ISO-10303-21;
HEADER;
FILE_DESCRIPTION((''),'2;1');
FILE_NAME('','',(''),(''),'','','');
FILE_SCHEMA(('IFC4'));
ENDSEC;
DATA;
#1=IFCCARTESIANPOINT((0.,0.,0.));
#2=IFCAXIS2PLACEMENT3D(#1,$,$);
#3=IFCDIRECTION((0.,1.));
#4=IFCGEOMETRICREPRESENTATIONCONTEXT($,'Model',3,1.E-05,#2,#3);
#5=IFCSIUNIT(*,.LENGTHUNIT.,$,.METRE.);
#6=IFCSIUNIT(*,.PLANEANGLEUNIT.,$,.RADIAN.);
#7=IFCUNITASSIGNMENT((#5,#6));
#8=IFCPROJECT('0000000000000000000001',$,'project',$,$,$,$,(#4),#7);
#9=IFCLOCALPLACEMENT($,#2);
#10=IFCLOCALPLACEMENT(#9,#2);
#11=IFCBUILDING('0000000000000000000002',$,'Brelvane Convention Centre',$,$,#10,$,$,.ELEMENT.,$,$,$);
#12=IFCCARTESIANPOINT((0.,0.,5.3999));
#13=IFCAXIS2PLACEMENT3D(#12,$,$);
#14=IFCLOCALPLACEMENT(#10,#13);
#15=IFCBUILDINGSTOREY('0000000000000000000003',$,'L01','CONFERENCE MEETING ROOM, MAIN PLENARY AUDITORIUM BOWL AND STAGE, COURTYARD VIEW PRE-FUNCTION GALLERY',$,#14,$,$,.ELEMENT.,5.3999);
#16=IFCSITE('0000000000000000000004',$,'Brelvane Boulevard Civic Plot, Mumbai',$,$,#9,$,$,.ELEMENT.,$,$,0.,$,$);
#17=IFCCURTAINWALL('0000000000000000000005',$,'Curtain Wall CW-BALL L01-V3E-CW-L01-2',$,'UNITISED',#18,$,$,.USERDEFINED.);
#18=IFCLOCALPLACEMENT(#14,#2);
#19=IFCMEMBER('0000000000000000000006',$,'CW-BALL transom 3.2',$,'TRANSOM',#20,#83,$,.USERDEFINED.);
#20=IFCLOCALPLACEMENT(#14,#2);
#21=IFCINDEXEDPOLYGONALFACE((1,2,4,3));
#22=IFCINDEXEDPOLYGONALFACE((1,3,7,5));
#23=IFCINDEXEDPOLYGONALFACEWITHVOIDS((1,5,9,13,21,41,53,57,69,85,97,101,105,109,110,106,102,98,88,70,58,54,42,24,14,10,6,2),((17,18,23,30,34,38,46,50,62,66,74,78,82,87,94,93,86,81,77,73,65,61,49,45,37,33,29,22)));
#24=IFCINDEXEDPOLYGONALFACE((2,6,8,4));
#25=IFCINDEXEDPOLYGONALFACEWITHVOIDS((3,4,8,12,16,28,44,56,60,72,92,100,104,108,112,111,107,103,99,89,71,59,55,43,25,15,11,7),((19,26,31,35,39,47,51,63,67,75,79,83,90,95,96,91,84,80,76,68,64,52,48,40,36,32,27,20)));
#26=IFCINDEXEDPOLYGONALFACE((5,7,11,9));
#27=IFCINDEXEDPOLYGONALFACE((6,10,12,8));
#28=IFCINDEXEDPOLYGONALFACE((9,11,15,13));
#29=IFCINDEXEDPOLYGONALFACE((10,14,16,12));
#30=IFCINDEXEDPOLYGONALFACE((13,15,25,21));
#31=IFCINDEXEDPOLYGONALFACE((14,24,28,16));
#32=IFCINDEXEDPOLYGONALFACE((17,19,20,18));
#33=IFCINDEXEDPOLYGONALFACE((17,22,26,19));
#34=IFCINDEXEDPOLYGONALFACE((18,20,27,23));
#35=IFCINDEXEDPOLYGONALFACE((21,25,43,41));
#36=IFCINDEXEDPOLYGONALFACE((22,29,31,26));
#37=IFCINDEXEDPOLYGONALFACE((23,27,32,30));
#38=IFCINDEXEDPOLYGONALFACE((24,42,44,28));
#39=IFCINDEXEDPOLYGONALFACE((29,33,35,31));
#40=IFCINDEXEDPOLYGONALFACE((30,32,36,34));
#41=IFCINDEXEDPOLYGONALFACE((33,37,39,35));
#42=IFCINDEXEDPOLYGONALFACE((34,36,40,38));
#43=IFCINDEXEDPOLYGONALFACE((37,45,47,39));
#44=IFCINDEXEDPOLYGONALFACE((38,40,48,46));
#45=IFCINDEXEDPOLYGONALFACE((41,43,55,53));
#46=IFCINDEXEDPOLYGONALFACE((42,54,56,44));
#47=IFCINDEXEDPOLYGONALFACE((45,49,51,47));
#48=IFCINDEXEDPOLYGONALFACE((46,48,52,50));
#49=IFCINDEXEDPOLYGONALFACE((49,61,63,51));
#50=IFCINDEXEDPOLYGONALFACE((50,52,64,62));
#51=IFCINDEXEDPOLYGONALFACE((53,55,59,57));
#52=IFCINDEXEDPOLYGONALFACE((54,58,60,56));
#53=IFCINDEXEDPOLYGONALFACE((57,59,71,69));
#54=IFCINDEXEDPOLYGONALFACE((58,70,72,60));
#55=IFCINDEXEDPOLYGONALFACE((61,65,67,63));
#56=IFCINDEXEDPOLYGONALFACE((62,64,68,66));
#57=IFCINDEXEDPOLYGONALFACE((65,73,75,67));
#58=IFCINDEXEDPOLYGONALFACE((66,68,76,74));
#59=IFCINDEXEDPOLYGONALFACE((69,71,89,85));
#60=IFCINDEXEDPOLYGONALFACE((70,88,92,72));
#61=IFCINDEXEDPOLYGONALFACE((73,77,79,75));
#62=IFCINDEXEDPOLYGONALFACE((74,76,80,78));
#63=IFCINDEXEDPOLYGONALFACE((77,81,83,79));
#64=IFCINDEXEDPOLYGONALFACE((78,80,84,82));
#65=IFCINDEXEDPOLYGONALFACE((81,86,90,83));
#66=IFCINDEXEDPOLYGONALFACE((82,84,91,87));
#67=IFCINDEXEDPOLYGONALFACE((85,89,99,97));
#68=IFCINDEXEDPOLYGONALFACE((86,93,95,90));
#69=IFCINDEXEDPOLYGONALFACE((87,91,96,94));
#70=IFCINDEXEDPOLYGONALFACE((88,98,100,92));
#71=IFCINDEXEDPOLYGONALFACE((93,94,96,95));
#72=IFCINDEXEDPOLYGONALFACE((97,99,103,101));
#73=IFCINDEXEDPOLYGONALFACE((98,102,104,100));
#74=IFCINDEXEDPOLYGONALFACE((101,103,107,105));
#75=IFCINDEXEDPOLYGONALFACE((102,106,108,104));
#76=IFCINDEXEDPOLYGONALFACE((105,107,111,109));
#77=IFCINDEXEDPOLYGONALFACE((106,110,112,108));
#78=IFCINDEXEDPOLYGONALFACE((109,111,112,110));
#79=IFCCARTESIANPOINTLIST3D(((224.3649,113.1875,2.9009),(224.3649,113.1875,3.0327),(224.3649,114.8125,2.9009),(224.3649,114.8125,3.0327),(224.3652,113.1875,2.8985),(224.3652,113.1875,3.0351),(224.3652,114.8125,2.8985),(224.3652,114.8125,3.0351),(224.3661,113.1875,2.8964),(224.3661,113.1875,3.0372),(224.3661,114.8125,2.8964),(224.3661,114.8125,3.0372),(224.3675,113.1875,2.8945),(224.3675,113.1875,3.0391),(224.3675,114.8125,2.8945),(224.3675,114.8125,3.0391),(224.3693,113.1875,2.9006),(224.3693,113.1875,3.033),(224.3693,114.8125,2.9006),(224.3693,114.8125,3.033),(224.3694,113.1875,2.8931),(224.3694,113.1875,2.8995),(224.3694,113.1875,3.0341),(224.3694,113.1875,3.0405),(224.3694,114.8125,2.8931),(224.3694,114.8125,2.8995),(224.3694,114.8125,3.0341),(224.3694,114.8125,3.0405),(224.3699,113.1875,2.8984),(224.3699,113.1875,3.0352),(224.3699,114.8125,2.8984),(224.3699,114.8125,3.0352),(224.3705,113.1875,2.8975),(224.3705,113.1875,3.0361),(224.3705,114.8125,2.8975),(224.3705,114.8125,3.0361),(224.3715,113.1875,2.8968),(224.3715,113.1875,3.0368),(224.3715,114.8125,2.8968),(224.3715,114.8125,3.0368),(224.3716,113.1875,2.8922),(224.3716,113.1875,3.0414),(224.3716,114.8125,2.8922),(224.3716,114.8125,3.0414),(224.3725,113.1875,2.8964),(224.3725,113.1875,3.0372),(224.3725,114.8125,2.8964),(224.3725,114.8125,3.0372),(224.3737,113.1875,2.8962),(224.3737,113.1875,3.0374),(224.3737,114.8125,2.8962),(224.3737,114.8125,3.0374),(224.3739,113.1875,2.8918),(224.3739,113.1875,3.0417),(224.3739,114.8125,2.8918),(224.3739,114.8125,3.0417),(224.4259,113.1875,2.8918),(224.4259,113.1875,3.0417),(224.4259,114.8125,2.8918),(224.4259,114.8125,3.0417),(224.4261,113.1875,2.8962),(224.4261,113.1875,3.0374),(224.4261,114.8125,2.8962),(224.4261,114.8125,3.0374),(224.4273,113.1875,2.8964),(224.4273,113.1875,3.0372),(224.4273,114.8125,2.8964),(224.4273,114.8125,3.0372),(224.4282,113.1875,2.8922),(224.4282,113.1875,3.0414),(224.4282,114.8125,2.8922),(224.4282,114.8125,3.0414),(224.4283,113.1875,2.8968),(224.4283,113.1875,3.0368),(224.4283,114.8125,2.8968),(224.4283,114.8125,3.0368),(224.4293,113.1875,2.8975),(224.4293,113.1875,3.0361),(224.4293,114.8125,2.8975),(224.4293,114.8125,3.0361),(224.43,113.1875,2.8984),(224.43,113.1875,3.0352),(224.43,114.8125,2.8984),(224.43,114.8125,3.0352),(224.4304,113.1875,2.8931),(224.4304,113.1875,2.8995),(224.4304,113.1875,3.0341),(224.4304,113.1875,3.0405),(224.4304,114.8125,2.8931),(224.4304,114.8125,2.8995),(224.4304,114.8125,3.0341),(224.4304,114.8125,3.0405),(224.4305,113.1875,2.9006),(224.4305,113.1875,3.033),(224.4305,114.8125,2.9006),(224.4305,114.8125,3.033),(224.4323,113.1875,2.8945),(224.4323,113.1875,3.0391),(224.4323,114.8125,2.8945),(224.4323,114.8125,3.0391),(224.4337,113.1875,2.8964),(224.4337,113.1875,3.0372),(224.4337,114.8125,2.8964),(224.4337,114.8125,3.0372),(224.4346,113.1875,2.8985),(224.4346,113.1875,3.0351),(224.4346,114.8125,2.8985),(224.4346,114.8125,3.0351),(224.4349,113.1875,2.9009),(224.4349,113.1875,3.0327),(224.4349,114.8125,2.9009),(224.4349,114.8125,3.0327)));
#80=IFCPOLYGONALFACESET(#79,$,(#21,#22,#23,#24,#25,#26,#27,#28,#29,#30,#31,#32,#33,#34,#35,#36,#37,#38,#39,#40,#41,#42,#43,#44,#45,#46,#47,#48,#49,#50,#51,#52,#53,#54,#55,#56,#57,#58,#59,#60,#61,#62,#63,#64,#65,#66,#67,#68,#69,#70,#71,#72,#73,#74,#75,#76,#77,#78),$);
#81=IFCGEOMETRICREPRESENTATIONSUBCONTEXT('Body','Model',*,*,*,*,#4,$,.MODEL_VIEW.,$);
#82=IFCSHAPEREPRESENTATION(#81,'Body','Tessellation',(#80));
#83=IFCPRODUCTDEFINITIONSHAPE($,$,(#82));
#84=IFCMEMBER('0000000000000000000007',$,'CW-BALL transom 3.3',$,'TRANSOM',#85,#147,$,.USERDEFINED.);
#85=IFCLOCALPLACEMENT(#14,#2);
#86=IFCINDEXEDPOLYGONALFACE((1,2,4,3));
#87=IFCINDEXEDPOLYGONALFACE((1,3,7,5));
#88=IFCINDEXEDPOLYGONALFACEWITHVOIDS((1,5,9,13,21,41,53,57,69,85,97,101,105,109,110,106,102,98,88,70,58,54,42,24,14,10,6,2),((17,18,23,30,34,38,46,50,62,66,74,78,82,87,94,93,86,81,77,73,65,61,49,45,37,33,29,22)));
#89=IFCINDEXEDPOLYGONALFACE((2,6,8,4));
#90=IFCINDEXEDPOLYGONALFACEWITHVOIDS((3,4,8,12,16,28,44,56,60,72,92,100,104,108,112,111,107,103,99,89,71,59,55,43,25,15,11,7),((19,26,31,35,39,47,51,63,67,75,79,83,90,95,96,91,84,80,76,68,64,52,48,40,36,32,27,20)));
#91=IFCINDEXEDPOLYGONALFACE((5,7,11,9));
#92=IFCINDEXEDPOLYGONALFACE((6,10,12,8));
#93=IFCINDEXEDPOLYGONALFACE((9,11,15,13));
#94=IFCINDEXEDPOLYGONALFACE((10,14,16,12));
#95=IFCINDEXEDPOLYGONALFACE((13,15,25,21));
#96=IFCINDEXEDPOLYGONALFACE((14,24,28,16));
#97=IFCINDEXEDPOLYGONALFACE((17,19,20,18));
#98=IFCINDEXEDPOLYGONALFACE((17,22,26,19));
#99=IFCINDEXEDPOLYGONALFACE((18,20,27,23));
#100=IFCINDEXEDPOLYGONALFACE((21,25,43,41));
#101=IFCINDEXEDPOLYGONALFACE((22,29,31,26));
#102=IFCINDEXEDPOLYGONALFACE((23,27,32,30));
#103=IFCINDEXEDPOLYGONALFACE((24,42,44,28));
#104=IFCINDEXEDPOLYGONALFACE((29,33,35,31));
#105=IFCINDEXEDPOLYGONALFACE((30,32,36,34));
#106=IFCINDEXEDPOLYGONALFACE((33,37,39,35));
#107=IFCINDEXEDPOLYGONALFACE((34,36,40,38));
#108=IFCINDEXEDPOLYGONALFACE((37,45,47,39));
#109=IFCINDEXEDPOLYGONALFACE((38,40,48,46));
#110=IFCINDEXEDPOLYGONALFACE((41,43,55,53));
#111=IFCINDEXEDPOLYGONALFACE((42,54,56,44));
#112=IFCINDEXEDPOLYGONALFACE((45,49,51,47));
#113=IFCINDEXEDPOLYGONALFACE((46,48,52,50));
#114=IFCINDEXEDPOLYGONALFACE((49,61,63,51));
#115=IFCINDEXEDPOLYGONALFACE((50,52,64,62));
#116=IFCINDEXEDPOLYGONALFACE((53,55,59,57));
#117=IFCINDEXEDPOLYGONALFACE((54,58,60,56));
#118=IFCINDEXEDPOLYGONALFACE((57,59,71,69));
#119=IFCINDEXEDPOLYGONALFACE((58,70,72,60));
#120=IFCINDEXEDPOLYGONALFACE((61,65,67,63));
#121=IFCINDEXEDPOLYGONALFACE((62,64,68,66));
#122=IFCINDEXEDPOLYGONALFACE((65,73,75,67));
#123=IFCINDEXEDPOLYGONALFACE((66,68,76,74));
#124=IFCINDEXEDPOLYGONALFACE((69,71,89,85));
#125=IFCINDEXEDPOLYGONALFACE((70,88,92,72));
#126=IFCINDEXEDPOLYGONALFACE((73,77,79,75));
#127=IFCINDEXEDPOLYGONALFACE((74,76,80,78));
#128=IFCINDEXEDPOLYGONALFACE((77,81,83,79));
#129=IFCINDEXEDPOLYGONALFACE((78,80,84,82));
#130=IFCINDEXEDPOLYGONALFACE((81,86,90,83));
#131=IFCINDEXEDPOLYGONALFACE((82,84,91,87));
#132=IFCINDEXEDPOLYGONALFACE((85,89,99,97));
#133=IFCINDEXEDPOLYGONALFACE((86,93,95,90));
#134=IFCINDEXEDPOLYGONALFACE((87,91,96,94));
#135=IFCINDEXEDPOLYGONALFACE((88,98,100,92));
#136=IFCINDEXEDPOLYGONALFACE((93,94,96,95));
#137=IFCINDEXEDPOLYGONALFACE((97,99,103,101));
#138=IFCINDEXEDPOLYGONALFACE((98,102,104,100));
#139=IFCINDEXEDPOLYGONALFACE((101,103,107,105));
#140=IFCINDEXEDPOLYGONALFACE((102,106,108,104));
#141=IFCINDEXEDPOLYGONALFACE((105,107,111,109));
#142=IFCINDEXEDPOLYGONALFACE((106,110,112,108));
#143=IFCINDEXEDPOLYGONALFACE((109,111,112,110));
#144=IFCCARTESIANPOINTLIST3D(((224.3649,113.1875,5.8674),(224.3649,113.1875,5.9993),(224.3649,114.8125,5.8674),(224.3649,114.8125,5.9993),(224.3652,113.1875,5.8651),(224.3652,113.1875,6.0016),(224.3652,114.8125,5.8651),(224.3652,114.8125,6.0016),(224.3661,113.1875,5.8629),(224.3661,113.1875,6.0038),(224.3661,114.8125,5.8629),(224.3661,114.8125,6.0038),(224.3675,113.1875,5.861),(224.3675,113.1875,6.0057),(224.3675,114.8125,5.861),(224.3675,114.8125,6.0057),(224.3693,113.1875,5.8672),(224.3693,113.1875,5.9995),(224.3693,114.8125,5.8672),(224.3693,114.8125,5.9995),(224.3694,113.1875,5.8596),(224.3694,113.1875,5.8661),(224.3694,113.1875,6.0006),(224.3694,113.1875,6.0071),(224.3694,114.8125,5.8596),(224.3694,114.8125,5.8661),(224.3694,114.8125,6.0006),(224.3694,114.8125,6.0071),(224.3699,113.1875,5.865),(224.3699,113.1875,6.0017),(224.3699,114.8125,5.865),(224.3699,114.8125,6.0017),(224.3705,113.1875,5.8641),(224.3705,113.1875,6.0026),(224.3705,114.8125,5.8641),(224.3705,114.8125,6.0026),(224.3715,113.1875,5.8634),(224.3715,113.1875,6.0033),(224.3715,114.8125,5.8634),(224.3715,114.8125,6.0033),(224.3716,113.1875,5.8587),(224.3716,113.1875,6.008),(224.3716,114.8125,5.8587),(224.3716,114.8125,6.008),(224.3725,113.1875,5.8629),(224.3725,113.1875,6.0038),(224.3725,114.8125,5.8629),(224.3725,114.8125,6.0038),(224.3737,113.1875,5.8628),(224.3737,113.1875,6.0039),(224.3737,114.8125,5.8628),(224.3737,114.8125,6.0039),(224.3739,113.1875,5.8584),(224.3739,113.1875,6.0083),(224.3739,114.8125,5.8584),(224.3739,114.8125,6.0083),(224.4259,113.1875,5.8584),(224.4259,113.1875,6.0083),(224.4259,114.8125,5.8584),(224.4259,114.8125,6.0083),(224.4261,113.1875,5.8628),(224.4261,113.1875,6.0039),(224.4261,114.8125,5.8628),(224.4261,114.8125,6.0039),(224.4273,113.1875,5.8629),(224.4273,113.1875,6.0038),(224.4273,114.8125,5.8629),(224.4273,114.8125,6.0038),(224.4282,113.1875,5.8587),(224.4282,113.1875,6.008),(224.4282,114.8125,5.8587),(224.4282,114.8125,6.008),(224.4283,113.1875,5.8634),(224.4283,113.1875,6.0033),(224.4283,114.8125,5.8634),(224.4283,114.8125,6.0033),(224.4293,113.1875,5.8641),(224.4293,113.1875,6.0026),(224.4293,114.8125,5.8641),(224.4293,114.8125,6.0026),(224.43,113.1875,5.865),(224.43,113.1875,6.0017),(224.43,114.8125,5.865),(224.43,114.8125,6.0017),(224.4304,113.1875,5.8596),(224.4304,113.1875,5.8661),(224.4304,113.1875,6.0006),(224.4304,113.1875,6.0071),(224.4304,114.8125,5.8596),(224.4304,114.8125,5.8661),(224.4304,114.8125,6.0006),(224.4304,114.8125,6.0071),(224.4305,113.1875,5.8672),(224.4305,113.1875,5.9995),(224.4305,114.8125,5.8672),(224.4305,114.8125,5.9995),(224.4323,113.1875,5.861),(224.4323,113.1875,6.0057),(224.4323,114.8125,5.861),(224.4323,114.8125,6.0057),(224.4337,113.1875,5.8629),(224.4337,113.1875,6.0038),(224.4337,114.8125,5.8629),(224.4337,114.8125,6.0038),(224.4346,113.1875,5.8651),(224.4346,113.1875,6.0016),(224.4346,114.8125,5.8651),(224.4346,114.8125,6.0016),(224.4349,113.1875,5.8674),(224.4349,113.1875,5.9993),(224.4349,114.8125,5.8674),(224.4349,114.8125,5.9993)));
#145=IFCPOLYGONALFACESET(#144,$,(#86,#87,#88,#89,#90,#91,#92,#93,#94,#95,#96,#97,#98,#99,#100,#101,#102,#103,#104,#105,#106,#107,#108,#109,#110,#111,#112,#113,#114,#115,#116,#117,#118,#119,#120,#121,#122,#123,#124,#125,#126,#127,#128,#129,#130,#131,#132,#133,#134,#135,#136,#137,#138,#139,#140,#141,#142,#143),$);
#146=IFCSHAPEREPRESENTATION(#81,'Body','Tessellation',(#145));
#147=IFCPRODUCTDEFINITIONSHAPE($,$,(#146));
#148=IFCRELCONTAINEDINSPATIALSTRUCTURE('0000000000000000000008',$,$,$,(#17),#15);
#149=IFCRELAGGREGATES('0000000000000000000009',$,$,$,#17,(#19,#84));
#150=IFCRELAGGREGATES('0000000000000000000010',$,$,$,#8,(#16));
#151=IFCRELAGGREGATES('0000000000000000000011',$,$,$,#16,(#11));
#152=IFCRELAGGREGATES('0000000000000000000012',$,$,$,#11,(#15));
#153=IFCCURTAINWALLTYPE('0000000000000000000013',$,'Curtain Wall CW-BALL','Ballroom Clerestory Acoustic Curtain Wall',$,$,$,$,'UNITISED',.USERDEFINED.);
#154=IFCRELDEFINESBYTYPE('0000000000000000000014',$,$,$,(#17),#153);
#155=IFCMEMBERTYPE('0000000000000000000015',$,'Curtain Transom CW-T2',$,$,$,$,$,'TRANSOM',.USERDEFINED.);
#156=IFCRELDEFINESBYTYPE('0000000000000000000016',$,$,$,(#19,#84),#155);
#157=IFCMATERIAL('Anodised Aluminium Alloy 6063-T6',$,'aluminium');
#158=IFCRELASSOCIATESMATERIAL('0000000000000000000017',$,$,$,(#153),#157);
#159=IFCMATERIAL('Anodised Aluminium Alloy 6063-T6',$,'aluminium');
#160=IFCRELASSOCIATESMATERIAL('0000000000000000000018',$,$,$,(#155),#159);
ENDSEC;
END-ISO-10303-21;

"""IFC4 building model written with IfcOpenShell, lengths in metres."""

from ifc_helpers import new_model, si_unit, direction, frame, origin, origin_2d, place, context, subcontext, project, spatial, hollow_rectangle, extrude, material, material_profile, profile_set, type_object, element, aggregate, save


model = new_model("IFC4")

# Units and contexts
model_context = context("Model", 3, precision=1e-05, world=origin(), true_north=direction((0.0, 1.0)))
body_context = subcontext(model_context, "Body", "Model", "MODEL_VIEW")
ifc_project = project(units=[si_unit("LENGTHUNIT", "METRE"), si_unit("PLANEANGLEUNIT", "RADIAN")], contexts=[model_context])

# Site, building, storey
site_placement = place(None, origin())
site = spatial("IfcSite", under=ifc_project, at=site_placement, Name="Brelvane Boulevard Civic Plot, Mumbai", CompositionType="ELEMENT", RefElevation=0.0)
building_placement = place(site_placement, origin())
building = spatial("IfcBuilding", under=site, at=building_placement, Name="Brelvane Convention Centre", CompositionType="ELEMENT")
storey_placement = place(building_placement, frame((0.0, 0.0, 5.3999)))
storey = spatial("IfcBuildingStorey", under=building, at=storey_placement, Name="L01", Description="CONFERENCE MEETING ROOM, MAIN PLENARY AUDITORIUM BOWL AND STAGE, COURTYARD VIEW PRE-FUNCTION GALLERY", CompositionType="ELEMENT", Elevation=5.3999)

# Curtain wall, members
ifc_material_1 = material(Name="Anodised Aluminium Alloy 6063-T6", Category="aluminium")
curtain_wall_type = type_object("IfcCurtainWallType", Name="Curtain Wall CW-BALL", Description="Ballroom Clerestory Acoustic Curtain Wall", ElementType="UNITISED", PredefinedType="USERDEFINED", material=ifc_material_1)
curtain_wall_placement = place(storey_placement, origin())
curtain_wall = element("IfcCurtainWall", 1, at=curtain_wall_placement, inside=storey, type_object=curtain_wall_type, Name="Curtain Wall CW-BALL L01-V3E-CW-L01-2", ObjectType="UNITISED", PredefinedType="USERDEFINED")
ifc_material_2 = material(Name="Anodised Aluminium Alloy 6063-T6", Category="aluminium")
ifc_material_profile_1 = material_profile(ifc_material_2, hollow_rectangle(XDim=0.0701, YDim=0.1499, WallThickness=0.0044, InnerFilletRadius=0.0044, OuterFilletRadius=0.009, at=origin_2d()), Name="ALU-T 150x70x4.5")
ifc_profile_set_1 = profile_set([ifc_material_profile_1], Name="Anodised Aluminium Alloy 6063-T6")
member_type_1 = type_object("IfcMemberType", Name="Curtain Transom CW-T2", ElementType="TRANSOM", PredefinedType="USERDEFINED", material=ifc_profile_set_1)
member_1_placement = place(storey_placement, frame((224.3999, 113.1875, 2.9668), z_axis=(0.0, 1.0, 0.0), x_axis=(-1.0, 0.0, 0.0)))
member_1 = element("IfcMember", 2, at=member_1_placement, type_object=member_type_1, Name="CW-BALL transom 3.2", ObjectType="TRANSOM", PredefinedType="USERDEFINED", context=body_context, shape_type="SweptSolid", body=[
    extrude(hollow_rectangle(XDim=0.0701, YDim=0.1499, WallThickness=0.0044, InnerFilletRadius=0.0044, OuterFilletRadius=0.009, at=origin_2d()), origin(), (0.0, 0.0, 1.0), 1.625),
])
member_2_placement = place(storey_placement, frame((224.3999, 113.1875, 5.9333), z_axis=(0.0, 1.0, 0.0), x_axis=(-1.0, 0.0, 0.0)))
member_2 = element("IfcMember", 3, at=member_2_placement, type_object=member_type_1, Name="CW-BALL transom 3.3", ObjectType="TRANSOM", PredefinedType="USERDEFINED", context=body_context, shape_type="SweptSolid", body=[
    extrude(hollow_rectangle(XDim=0.0701, YDim=0.1499, WallThickness=0.0044, InnerFilletRadius=0.0044, OuterFilletRadius=0.009, at=origin_2d()), origin(), (0.0, 0.0, 1.0), 1.625),
])
aggregate(curtain_wall, [member_1, member_2])

save(model, "model.ifc")
